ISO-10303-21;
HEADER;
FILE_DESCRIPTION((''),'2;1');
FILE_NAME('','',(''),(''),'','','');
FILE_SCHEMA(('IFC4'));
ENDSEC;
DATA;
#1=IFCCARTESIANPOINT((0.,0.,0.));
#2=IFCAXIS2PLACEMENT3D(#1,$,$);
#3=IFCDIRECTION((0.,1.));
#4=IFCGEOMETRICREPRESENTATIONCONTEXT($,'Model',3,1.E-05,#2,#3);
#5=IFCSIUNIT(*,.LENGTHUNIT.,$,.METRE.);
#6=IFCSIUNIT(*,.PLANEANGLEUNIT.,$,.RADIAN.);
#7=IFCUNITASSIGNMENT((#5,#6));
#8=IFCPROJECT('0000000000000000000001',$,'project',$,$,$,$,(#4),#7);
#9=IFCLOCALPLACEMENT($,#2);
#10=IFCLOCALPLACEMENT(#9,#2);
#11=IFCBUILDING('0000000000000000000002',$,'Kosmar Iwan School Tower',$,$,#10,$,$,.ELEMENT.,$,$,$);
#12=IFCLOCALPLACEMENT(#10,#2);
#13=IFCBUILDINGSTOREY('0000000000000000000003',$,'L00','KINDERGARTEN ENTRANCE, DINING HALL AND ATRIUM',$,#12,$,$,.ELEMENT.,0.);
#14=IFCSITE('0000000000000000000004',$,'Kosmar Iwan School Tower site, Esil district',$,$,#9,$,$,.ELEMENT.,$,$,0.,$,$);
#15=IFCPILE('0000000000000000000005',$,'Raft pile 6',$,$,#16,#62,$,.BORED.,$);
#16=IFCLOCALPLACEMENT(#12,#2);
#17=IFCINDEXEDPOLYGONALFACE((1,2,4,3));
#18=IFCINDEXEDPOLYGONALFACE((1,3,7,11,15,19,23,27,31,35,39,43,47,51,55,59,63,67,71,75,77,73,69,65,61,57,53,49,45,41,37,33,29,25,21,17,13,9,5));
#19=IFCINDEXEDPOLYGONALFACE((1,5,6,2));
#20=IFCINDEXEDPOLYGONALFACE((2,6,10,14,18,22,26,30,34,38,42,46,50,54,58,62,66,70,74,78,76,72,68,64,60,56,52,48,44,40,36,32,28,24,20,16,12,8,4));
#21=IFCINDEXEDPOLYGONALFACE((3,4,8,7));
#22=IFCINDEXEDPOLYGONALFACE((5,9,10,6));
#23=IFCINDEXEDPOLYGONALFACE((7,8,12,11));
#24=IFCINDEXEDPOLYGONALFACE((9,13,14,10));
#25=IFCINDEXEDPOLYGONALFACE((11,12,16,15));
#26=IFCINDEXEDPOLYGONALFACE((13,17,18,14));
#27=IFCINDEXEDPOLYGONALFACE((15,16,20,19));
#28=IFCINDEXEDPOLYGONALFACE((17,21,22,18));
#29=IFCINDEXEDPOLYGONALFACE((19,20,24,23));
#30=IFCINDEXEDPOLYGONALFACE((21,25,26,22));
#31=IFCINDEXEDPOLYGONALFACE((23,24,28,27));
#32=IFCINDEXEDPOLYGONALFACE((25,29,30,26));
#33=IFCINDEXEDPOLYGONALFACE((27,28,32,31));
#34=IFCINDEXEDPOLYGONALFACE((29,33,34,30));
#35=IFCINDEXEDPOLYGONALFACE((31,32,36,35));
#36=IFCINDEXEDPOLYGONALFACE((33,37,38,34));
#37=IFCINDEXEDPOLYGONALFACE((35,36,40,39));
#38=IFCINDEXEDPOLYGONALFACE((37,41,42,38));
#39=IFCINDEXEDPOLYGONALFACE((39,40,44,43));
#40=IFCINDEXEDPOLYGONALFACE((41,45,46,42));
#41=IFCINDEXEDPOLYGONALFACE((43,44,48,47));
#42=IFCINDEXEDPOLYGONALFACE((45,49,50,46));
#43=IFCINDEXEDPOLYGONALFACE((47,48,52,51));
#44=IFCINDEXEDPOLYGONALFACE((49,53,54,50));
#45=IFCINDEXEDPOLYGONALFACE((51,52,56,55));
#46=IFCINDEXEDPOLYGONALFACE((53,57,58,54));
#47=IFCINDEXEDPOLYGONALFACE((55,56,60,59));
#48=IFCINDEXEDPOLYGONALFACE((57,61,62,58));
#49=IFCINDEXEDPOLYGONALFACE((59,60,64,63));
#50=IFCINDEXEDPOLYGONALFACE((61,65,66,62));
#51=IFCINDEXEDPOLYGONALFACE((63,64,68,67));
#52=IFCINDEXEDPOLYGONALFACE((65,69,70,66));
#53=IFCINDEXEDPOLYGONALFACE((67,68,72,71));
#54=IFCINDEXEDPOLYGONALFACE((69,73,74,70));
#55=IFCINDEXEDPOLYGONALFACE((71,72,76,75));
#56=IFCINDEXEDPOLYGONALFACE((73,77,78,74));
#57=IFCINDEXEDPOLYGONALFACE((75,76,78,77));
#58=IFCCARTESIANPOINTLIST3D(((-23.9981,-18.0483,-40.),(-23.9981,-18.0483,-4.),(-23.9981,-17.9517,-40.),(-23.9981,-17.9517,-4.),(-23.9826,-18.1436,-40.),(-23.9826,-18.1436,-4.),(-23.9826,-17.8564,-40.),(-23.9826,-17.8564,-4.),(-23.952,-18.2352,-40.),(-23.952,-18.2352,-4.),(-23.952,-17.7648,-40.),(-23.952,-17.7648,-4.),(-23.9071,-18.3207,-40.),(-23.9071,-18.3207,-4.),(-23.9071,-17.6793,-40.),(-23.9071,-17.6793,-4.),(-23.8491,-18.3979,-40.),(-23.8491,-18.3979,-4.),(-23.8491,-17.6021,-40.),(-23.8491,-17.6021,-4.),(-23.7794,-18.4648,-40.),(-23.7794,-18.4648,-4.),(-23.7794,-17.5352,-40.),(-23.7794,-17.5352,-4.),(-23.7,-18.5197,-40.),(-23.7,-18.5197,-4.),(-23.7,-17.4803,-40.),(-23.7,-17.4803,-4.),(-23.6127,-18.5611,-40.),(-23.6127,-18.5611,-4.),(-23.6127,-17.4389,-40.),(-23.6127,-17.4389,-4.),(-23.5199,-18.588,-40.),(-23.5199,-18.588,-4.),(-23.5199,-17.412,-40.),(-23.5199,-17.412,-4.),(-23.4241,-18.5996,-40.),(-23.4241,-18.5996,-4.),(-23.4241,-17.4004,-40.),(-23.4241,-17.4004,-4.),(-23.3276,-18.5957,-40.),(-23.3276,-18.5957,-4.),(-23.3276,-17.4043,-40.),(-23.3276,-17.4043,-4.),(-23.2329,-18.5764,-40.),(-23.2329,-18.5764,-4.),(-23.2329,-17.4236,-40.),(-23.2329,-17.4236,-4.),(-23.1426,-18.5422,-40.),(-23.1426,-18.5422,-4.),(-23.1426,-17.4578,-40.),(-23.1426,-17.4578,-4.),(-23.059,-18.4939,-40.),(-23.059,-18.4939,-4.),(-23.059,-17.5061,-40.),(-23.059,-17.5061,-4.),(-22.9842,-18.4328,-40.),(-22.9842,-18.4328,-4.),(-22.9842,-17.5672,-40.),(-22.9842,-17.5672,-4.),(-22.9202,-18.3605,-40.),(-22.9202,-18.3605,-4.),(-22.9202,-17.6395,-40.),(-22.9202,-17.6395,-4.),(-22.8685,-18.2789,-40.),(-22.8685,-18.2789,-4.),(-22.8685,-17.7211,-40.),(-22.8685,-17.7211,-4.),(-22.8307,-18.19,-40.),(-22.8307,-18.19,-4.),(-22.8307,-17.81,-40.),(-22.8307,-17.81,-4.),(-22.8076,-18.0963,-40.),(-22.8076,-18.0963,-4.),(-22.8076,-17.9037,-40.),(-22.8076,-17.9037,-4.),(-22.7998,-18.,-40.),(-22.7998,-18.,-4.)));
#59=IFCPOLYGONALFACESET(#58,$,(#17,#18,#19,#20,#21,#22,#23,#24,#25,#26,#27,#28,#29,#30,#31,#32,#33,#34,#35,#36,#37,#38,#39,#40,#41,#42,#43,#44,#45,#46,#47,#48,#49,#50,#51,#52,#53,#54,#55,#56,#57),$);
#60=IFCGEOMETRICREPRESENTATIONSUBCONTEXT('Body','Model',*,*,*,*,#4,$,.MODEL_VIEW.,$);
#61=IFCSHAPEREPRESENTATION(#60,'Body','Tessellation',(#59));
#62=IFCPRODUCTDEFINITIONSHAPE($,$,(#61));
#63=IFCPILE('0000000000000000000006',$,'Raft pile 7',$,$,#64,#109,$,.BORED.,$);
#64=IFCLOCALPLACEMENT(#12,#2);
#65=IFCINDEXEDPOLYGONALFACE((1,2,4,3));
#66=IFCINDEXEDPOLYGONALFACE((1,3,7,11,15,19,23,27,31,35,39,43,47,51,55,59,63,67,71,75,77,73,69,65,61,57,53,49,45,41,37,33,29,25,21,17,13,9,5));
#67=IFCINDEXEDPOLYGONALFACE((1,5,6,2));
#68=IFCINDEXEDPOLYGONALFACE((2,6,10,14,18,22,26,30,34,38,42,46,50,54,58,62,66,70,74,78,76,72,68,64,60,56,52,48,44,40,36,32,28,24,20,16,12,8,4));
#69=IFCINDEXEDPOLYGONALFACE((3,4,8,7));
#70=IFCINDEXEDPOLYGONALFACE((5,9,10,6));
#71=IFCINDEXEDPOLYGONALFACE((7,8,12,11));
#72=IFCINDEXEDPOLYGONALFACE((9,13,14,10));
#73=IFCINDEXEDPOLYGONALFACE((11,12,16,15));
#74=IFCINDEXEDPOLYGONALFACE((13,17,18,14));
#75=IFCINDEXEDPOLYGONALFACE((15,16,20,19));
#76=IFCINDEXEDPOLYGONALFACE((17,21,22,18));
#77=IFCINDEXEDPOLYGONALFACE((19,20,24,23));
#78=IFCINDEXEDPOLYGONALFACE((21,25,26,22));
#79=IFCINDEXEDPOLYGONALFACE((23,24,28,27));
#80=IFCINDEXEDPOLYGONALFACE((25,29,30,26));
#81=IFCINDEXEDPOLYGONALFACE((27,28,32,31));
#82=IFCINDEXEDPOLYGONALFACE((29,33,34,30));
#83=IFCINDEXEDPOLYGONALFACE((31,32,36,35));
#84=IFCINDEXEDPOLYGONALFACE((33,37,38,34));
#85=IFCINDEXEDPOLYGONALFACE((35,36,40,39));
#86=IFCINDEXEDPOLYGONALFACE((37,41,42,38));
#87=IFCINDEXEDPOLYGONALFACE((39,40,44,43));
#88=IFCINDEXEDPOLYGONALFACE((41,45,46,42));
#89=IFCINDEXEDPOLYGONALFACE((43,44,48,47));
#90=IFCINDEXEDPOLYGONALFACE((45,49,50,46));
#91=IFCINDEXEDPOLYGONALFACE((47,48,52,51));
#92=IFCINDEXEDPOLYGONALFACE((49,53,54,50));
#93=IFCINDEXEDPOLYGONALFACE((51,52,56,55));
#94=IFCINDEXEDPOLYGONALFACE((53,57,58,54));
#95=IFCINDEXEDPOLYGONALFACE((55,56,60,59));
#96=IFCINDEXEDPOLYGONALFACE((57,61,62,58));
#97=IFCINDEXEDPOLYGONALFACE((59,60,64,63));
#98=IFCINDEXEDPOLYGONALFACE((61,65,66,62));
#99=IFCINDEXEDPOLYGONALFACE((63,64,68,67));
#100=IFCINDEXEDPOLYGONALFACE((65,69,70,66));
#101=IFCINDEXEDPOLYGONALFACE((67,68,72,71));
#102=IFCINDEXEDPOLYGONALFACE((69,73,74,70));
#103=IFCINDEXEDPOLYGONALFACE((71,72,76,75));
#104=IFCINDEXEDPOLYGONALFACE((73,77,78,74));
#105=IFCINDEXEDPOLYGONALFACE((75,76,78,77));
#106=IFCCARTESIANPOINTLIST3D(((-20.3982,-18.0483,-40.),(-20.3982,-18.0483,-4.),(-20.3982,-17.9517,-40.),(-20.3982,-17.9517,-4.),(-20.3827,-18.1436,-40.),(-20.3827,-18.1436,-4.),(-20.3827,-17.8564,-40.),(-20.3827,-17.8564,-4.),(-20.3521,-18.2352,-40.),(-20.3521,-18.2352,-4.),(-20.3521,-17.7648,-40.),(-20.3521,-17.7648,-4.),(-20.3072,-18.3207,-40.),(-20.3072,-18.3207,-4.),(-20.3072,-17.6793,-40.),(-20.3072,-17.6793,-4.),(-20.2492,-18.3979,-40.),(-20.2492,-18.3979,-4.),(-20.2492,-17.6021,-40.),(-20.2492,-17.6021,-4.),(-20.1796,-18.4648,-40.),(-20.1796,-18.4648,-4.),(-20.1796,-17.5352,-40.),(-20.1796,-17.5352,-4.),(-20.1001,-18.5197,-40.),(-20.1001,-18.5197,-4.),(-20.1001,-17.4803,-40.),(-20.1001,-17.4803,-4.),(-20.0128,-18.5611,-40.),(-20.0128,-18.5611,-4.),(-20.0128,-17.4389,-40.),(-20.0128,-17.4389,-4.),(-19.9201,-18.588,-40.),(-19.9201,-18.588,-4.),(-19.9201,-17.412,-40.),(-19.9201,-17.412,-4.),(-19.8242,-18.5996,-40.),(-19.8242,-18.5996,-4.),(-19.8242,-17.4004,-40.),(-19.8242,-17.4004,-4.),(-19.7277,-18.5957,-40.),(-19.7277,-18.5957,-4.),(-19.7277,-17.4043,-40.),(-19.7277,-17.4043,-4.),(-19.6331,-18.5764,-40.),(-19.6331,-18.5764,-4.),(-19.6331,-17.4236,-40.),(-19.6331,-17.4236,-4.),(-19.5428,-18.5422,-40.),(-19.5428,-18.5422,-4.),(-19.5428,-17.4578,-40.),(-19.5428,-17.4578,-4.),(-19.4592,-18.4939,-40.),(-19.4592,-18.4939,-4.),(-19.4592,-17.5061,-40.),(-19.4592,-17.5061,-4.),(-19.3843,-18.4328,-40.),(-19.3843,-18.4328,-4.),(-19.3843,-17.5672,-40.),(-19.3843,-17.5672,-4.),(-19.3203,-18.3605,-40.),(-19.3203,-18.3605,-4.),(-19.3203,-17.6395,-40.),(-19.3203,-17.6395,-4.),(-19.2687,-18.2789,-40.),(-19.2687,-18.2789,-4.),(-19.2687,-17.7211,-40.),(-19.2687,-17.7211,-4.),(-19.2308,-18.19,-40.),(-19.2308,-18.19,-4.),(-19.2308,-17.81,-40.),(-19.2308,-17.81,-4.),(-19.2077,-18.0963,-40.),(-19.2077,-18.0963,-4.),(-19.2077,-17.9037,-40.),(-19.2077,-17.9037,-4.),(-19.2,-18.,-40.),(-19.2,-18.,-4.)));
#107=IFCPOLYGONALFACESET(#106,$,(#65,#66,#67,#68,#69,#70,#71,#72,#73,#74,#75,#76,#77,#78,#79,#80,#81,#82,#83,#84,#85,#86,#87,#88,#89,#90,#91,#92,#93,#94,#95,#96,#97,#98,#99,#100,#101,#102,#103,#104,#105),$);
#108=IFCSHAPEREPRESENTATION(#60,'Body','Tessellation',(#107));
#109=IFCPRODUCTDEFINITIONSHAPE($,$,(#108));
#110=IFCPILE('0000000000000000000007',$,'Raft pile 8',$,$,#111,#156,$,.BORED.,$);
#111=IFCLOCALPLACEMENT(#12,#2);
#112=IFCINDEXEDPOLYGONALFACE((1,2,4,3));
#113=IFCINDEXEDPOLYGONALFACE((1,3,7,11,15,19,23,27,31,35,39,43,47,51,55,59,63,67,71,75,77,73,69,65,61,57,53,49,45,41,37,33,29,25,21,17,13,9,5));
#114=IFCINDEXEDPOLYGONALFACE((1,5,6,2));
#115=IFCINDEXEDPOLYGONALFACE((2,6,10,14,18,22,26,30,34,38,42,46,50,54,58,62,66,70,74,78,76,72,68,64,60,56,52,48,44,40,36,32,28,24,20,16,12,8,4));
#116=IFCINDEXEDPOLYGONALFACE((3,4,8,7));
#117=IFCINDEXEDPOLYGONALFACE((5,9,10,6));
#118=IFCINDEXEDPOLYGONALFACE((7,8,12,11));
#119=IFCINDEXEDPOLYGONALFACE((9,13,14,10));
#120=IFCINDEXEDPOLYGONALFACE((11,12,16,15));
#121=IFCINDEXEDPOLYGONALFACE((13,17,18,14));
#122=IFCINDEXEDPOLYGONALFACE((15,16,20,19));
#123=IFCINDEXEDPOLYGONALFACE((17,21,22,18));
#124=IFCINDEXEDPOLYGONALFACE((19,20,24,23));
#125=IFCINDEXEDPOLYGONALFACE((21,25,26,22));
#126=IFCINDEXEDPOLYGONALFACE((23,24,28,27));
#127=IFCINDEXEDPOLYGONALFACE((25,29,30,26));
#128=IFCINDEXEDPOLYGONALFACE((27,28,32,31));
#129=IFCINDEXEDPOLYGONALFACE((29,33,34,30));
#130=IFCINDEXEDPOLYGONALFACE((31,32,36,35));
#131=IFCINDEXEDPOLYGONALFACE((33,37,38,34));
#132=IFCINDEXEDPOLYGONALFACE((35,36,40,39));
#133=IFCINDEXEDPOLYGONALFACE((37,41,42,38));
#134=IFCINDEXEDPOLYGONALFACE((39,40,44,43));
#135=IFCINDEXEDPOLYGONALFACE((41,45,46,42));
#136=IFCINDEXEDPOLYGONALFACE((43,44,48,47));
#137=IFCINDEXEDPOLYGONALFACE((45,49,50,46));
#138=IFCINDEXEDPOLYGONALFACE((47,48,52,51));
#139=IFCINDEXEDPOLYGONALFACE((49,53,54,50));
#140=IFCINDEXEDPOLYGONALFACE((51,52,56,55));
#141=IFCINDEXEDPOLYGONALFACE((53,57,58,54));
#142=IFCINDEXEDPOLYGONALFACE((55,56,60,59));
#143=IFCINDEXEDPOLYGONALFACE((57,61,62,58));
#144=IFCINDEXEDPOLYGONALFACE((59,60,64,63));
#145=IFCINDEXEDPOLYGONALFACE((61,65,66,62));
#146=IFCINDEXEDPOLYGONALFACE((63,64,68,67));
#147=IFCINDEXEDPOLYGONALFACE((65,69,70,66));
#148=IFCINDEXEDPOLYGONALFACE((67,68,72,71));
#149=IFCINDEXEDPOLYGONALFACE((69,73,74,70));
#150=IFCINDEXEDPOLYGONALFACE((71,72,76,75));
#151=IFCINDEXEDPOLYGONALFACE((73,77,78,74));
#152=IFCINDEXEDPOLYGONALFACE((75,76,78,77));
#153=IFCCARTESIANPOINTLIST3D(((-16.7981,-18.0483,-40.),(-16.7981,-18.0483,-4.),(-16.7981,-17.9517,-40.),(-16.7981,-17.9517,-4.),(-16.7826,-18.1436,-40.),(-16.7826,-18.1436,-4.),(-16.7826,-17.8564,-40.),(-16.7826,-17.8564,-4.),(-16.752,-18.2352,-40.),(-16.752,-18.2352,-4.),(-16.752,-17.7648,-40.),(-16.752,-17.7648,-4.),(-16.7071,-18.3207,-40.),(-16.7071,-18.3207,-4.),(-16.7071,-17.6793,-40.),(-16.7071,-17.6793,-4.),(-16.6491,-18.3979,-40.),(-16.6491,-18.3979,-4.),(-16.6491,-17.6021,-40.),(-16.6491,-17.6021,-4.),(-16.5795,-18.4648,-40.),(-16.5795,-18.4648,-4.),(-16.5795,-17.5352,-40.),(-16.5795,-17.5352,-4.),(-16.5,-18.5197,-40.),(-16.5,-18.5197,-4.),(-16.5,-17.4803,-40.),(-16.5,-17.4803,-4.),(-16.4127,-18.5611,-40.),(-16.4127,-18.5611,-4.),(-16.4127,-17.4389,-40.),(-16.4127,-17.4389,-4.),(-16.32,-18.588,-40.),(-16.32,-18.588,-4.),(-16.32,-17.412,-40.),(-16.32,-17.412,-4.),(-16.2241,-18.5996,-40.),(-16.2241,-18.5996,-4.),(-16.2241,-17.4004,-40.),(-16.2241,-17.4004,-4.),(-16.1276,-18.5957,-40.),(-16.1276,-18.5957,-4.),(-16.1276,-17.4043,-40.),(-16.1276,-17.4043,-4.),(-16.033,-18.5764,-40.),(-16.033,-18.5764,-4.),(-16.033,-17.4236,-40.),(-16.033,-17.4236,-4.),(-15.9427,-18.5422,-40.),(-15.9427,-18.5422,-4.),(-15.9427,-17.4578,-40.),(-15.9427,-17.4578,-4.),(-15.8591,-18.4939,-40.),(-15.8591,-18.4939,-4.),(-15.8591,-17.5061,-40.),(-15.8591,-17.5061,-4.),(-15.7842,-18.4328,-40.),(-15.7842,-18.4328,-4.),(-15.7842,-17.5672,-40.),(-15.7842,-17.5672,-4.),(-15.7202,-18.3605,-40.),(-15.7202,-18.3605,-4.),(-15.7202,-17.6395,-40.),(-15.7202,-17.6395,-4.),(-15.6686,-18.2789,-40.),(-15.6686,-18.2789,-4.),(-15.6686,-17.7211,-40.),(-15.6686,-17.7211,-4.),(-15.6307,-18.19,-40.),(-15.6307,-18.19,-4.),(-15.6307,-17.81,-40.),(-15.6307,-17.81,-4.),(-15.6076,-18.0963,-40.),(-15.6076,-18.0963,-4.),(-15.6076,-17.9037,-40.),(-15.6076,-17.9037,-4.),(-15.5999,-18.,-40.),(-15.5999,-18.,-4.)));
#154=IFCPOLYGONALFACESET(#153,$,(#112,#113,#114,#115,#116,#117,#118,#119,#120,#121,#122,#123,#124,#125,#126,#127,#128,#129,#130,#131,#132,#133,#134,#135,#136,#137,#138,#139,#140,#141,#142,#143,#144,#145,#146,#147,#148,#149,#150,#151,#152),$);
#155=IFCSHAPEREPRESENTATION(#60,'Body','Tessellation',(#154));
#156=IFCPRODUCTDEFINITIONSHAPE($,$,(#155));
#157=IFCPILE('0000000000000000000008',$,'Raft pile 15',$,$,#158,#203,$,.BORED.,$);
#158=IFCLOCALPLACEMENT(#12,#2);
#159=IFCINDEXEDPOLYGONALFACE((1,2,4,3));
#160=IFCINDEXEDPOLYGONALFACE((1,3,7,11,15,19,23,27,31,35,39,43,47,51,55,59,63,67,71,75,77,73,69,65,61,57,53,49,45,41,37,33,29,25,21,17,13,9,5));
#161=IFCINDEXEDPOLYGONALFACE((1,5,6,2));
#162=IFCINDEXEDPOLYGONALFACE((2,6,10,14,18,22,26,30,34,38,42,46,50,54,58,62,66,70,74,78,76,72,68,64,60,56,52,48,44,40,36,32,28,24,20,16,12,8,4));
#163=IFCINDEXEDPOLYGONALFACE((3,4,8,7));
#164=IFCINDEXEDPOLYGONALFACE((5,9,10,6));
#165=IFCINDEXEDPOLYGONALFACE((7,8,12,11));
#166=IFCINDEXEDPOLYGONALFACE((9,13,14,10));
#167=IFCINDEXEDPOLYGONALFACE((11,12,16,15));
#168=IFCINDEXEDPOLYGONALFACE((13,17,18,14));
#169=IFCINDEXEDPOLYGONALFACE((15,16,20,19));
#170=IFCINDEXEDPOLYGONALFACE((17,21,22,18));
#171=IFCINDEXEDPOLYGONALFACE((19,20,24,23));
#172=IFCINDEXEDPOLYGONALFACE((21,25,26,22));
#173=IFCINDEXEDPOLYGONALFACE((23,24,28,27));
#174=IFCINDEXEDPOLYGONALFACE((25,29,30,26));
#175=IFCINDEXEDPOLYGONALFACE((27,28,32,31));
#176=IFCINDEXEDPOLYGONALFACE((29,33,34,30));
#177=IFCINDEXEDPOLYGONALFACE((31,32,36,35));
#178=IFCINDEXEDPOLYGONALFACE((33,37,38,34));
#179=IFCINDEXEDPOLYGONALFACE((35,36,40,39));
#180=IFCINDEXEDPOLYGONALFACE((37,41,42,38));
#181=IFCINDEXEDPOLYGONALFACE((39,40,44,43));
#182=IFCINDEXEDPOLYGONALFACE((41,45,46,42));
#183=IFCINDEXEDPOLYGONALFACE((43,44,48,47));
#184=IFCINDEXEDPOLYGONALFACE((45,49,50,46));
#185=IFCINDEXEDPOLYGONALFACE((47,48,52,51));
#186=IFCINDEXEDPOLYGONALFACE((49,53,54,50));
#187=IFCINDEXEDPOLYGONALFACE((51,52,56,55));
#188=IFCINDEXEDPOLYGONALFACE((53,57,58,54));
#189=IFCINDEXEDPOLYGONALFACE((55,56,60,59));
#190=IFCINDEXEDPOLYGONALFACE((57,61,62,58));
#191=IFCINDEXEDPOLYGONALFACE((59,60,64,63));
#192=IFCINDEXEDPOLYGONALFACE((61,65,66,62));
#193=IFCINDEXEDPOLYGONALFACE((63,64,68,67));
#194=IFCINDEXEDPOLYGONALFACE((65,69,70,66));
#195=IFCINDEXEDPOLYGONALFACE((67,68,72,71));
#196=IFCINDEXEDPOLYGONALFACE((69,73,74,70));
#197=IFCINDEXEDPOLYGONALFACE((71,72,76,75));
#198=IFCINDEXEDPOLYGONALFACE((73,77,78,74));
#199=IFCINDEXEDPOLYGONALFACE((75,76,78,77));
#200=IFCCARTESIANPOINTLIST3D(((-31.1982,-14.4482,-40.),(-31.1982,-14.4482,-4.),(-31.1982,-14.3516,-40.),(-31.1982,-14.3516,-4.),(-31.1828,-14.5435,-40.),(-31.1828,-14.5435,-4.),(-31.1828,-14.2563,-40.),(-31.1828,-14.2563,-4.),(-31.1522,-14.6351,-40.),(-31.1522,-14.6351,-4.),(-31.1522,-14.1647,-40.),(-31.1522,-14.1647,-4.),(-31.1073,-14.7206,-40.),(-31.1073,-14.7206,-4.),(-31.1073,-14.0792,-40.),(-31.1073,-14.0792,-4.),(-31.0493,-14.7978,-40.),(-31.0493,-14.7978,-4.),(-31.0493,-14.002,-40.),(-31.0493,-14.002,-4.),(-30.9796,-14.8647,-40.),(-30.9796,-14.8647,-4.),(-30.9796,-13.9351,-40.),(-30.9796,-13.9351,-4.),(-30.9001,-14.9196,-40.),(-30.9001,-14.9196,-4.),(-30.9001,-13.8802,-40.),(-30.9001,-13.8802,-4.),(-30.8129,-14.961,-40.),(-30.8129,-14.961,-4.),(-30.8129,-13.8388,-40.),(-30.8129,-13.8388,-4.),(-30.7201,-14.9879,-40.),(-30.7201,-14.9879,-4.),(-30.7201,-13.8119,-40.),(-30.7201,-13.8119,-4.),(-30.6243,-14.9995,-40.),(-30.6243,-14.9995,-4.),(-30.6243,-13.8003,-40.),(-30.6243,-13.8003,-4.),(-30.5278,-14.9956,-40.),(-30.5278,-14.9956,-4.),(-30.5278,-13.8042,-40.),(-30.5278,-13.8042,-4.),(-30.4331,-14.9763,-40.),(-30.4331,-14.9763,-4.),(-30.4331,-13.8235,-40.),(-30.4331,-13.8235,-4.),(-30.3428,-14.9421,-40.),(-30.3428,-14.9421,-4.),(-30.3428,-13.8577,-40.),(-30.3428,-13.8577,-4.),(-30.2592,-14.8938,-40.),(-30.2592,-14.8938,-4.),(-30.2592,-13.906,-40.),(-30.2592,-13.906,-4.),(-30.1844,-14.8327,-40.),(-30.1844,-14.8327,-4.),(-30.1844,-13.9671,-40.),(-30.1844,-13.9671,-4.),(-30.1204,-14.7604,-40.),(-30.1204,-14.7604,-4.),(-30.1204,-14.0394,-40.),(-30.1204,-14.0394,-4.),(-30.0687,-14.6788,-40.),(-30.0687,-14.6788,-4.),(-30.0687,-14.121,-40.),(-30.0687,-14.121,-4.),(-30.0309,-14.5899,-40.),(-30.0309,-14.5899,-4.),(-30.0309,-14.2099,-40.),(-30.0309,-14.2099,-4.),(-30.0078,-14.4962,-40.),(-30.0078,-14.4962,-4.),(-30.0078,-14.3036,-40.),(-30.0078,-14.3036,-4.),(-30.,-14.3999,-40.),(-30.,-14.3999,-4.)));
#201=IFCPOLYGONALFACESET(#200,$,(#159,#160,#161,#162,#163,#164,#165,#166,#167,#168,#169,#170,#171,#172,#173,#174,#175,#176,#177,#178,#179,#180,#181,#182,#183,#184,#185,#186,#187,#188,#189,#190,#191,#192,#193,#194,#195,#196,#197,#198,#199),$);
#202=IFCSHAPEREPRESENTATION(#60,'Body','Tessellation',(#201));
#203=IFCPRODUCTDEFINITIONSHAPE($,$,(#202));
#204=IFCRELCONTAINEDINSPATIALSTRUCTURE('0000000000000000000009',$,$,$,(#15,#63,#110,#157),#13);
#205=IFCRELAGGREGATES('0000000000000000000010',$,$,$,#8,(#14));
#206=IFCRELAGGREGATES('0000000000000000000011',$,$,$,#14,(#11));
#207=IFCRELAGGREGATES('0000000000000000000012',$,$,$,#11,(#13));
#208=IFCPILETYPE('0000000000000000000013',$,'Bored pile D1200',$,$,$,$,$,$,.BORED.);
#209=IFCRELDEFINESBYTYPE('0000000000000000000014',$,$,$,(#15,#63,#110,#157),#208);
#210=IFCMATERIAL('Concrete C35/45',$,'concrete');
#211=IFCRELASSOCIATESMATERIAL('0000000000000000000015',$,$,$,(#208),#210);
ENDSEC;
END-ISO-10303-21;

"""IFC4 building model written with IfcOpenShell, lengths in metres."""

from ifc_helpers import new_model, si_unit, direction, frame, origin, origin_2d, place, context, subcontext, project, spatial, circle, extrude, material, material_profile, profile_set, type_object, element, save


model = new_model("IFC4")

# Units and contexts
model_context = context("Model", 3, precision=1e-05, world=origin(), true_north=direction((0.0, 1.0)))
body_context = subcontext(model_context, "Body", "Model", "MODEL_VIEW")
ifc_project = project(units=[si_unit("LENGTHUNIT", "METRE"), si_unit("PLANEANGLEUNIT", "RADIAN")], contexts=[model_context])

# Site, building, storey
site_placement = place(None, origin())
site = spatial("IfcSite", under=ifc_project, at=site_placement, Name="Kosmar Iwan School Tower site, Esil district", CompositionType="ELEMENT", RefElevation=0.0)
building_placement = place(site_placement, origin())
building = spatial("IfcBuilding", under=site, at=building_placement, Name="Kosmar Iwan School Tower", CompositionType="ELEMENT")
storey_placement = place(building_placement, origin())
storey = spatial("IfcBuildingStorey", under=building, at=storey_placement, Name="L00", Description="KINDERGARTEN ENTRANCE, DINING HALL AND ATRIUM", CompositionType="ELEMENT", Elevation=0.0)

# Piles
ifc_material_1 = material(Name="Concrete C35/45", Category="concrete")
ifc_material_profile_1 = material_profile(ifc_material_1, circle(Radius=0.6001, at=origin_2d()), Name="D1200")
ifc_profile_set_1 = profile_set([ifc_material_profile_1], Name="Concrete C35/45")
pile_type = type_object("IfcPileType", Name="Bored pile D1200", PredefinedType="BORED", material=ifc_profile_set_1)
for number, where, z_axis, x_axis, name in (
    (1, (-23.3999, -18.0, -4.0), (0.0, 0.0, -1.0), (1.0, 0.0, 0.0), "Raft pile 6"),
    (2, (-19.8, -18.0, -4.0), (0.0, 0.0, -1.0), (1.0, 0.0, 0.0), "Raft pile 7"),
    (3, (-16.2, -18.0, -4.0), (0.0, 0.0, -1.0), (1.0, 0.0, 0.0), "Raft pile 8"),
    (4, (-30.6001, -14.3999, -4.0), (0.0, 0.0, -1.0), (1.0, 0.0, 0.0), "Raft pile 15"),
):
    element("IfcPile", number, at=place(storey_placement, frame(where, z_axis=z_axis, x_axis=x_axis)), inside=storey, type_object=pile_type, Name=name, PredefinedType="BORED", context=body_context, shape_type="SweptSolid", body=[
        extrude(circle(Radius=0.6001, at=origin_2d()), origin(), (0.0, 0.0, 1.0), 36.0),
    ])

save(model, "model.ifc")
